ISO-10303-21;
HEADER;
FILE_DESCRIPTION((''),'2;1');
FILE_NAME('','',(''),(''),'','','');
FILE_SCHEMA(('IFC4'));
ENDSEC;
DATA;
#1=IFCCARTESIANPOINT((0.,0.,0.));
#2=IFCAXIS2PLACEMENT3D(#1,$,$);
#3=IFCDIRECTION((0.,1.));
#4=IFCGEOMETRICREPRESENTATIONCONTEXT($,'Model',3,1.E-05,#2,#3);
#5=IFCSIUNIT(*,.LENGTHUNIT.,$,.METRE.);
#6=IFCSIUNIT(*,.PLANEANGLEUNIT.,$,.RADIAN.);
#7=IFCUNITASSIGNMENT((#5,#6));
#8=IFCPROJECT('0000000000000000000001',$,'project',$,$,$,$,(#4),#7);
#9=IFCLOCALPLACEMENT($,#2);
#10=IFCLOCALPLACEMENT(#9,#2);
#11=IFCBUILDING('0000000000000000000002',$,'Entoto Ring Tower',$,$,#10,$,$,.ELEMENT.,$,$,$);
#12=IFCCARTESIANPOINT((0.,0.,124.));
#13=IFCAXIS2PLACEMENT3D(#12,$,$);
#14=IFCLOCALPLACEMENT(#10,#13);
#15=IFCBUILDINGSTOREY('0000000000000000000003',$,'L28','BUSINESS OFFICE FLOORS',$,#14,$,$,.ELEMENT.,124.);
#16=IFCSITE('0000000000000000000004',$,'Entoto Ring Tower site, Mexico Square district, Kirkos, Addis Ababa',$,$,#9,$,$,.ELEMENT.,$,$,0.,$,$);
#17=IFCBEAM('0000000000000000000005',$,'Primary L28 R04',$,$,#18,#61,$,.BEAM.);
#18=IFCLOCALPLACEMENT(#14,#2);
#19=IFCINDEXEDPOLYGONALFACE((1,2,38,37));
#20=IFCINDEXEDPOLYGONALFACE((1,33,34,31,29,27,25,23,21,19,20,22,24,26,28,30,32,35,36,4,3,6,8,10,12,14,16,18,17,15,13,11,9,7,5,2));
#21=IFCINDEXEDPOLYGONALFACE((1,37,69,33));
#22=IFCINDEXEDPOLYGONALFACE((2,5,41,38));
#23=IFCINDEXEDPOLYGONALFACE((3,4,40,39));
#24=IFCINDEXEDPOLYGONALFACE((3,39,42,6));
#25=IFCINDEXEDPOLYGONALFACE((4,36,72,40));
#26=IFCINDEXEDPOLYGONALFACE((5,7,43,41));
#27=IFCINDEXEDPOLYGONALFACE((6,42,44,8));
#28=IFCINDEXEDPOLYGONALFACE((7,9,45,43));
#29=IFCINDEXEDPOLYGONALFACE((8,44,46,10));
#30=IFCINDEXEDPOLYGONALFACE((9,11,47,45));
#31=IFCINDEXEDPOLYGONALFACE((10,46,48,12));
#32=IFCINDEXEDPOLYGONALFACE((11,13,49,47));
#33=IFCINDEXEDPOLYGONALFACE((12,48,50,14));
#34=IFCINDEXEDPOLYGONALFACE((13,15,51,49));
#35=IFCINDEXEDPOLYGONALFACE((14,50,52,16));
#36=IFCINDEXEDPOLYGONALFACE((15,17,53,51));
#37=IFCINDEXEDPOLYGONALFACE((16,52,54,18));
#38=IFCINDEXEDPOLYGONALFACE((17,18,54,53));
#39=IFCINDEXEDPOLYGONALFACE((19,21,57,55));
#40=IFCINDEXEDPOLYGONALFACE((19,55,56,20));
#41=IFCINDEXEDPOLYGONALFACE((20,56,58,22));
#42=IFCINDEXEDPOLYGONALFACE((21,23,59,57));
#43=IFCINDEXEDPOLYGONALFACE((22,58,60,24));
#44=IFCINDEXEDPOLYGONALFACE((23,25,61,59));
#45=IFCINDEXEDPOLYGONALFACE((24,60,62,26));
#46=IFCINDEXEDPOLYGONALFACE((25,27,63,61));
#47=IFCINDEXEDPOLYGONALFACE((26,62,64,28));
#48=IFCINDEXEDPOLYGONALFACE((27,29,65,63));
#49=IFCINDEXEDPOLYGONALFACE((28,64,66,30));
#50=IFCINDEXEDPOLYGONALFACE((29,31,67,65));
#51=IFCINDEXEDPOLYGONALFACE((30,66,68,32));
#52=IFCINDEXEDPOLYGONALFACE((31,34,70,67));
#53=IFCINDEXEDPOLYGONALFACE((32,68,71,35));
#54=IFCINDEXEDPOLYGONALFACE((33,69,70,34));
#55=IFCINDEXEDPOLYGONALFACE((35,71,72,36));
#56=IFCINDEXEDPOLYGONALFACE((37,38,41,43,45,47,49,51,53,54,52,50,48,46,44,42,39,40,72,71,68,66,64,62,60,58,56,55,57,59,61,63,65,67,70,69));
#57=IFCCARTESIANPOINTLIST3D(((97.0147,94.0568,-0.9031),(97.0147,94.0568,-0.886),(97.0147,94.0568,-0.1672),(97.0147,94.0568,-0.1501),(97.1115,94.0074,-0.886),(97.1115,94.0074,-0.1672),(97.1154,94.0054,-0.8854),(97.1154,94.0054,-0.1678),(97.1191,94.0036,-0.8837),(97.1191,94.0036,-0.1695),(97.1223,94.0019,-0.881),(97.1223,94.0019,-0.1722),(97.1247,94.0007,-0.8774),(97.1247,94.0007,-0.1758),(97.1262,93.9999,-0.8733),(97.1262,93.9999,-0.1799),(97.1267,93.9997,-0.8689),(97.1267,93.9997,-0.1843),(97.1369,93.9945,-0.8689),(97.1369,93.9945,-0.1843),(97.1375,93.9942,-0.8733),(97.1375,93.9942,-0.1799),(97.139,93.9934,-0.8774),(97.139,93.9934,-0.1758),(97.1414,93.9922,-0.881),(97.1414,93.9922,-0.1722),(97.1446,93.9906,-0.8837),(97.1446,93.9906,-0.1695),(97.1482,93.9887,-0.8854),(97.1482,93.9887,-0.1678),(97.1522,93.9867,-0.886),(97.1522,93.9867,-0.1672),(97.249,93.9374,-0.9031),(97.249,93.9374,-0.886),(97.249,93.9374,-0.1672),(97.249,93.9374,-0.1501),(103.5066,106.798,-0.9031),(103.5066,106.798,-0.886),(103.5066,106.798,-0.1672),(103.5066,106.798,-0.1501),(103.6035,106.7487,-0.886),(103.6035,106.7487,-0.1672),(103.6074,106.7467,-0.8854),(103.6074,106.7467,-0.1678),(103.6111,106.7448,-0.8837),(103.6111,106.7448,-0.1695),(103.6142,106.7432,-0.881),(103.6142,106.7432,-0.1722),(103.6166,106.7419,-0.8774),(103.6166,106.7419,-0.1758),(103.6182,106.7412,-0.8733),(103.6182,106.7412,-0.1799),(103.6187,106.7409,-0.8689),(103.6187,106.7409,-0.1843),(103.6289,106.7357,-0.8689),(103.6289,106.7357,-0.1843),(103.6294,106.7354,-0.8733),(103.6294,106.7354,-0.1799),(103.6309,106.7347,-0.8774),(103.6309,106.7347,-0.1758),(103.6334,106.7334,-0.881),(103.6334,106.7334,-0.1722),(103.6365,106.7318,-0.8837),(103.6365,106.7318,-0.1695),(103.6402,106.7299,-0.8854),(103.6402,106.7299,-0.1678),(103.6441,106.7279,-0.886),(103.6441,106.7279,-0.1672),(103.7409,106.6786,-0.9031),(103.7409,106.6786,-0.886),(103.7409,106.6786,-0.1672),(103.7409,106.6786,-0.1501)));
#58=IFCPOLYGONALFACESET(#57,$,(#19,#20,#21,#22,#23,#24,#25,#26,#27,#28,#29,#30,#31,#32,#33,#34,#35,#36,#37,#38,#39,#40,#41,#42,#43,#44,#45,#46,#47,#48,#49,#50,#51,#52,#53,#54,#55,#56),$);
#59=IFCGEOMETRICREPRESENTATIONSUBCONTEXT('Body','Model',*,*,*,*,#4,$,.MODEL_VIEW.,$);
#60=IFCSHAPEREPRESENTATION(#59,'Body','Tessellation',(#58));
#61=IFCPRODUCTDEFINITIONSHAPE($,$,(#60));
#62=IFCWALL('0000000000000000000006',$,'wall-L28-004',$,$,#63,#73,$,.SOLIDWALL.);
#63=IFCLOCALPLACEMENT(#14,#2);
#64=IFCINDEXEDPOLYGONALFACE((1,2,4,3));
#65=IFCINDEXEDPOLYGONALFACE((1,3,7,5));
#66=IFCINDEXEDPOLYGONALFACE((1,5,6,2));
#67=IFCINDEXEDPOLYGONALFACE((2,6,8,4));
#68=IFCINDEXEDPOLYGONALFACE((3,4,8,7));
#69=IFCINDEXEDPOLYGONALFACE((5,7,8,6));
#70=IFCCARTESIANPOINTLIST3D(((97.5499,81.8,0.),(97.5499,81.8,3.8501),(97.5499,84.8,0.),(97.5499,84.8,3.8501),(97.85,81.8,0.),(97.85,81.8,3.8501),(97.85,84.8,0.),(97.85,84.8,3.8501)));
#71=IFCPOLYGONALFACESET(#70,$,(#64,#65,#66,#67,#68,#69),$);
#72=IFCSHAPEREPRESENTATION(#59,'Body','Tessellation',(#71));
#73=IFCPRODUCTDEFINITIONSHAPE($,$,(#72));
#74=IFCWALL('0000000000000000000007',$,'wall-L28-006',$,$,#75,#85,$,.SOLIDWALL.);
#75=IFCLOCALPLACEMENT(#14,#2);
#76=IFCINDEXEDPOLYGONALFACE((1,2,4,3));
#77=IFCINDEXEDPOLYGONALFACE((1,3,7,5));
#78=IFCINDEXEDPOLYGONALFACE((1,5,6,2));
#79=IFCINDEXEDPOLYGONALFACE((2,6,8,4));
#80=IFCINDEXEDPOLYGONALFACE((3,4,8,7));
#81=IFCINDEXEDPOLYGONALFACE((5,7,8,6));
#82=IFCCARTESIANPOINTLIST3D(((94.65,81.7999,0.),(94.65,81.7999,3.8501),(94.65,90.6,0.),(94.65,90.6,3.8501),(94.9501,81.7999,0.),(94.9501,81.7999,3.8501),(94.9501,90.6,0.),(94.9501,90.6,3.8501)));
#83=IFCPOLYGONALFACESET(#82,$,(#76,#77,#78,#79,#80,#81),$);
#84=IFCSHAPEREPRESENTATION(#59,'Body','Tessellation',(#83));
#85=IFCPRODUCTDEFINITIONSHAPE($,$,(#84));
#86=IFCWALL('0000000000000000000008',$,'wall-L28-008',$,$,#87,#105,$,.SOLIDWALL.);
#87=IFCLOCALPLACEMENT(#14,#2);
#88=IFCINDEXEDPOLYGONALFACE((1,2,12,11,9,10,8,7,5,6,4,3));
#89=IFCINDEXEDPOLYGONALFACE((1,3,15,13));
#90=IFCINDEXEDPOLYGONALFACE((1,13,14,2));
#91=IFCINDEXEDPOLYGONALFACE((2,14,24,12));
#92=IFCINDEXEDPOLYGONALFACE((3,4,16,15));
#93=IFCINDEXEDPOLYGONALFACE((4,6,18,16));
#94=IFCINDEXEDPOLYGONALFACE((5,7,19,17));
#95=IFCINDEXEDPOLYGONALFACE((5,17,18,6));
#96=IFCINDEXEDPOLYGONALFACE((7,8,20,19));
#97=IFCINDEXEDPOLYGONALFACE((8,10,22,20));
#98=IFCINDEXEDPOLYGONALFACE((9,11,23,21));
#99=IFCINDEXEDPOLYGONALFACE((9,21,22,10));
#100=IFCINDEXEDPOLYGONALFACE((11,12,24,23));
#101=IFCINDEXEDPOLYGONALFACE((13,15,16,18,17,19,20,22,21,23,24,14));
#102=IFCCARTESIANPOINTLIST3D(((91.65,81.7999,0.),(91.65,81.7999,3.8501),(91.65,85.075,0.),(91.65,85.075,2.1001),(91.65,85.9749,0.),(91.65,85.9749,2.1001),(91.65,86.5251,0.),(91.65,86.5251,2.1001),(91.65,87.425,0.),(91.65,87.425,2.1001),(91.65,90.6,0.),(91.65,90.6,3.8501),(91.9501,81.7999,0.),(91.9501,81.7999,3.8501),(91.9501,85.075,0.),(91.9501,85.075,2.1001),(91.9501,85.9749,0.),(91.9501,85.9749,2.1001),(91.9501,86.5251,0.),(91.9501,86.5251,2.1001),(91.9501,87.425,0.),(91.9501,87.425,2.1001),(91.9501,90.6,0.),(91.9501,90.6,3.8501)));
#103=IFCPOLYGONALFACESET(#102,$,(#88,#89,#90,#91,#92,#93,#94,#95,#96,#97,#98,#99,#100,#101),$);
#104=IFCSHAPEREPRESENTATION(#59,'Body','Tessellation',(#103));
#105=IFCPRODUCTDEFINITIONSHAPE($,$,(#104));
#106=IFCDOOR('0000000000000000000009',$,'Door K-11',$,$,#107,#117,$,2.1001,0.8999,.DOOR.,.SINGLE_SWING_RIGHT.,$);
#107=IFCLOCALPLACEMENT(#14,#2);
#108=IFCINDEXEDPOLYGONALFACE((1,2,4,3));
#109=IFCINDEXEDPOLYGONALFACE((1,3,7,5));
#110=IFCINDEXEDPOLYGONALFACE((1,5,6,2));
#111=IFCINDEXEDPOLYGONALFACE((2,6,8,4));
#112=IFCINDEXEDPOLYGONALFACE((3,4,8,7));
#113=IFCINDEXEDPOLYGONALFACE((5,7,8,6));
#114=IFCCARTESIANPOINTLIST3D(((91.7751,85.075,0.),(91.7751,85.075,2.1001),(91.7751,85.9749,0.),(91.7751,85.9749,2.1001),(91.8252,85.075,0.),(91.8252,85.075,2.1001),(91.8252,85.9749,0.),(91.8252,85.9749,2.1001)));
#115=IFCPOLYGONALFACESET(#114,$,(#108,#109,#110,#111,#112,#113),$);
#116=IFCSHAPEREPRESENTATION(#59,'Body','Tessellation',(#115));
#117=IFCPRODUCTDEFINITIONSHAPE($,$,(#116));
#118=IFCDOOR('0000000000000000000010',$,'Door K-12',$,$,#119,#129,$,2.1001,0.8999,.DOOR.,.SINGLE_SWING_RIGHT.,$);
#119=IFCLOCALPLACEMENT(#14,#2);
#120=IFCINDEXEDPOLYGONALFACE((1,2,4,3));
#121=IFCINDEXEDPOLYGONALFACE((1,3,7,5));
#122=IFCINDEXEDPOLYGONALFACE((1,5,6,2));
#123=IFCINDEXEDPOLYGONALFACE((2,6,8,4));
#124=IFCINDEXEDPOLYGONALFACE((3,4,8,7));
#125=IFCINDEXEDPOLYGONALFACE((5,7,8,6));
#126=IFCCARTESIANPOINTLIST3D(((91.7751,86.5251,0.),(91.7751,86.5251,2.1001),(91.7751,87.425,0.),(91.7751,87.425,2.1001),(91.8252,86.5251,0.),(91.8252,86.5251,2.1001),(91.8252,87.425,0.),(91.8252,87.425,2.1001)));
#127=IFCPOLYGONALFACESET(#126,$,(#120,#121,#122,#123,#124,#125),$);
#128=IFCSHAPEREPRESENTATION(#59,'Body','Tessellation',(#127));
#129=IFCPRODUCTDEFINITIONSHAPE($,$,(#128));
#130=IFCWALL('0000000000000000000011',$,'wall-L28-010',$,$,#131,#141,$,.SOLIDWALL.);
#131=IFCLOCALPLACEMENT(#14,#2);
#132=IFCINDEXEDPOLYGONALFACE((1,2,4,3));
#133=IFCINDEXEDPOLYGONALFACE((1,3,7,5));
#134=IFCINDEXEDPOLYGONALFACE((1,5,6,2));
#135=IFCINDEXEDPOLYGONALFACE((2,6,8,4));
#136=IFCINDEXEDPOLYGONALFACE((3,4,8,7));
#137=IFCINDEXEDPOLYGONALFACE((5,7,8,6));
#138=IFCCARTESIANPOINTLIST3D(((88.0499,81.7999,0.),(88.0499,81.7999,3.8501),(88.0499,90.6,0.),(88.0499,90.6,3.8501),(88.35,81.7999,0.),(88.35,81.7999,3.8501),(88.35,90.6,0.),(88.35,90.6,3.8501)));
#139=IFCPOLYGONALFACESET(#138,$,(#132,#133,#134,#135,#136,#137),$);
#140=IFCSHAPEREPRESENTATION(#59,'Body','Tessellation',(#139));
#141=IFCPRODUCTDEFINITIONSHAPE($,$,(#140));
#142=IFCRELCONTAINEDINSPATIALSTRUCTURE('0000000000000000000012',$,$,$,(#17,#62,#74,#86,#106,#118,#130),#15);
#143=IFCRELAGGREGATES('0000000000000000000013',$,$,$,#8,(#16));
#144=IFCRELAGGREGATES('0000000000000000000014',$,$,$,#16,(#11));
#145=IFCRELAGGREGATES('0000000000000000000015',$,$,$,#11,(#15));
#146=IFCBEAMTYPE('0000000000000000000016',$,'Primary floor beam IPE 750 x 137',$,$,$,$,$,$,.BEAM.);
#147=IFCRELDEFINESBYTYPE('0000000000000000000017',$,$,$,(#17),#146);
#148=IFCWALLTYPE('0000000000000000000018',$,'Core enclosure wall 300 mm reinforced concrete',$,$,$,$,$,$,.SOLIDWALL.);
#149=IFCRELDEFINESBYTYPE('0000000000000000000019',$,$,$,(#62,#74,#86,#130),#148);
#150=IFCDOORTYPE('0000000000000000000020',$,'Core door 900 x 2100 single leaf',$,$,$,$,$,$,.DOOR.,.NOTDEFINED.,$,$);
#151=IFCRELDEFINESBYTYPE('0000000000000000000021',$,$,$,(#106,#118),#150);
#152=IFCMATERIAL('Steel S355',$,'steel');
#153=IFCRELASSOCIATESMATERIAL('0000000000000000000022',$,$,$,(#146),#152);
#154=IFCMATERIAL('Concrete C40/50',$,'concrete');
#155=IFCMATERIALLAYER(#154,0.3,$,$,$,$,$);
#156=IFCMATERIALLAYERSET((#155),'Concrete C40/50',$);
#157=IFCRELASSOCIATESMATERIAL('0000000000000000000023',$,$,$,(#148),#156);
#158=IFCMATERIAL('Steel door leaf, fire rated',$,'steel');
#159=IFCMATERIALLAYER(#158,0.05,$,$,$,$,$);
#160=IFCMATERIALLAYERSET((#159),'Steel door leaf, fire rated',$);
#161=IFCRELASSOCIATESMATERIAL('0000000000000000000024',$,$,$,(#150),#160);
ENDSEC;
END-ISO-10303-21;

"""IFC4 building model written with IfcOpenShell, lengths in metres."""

from ifc_helpers import new_model, si_unit, direction, frame, frame_2d, origin, origin_2d, place, context, subcontext, project, spatial, rectangle, i_section, extrude, material, layer, layer_set, material_profile, profile_set, type_object, element, fill, save


model = new_model("IFC4")

# Units and contexts
model_context = context("Model", 3, precision=1e-05, world=origin(), true_north=direction((0.0, 1.0)))
body_context = subcontext(model_context, "Body", "Model", "MODEL_VIEW")
ifc_project = project(units=[si_unit("LENGTHUNIT", "METRE"), si_unit("PLANEANGLEUNIT", "RADIAN")], contexts=[model_context])

# Site, building, storey
site_placement = place(None, origin())
site = spatial("IfcSite", under=ifc_project, at=site_placement, Name="Entoto Ring Tower site, Mexico Square district, Kirkos, Addis Ababa", CompositionType="ELEMENT", RefElevation=0.0)
building_placement = place(site_placement, origin())
building = spatial("IfcBuilding", under=site, at=building_placement, Name="Entoto Ring Tower", CompositionType="ELEMENT")
storey_placement = place(building_placement, frame((0.0, 0.0, 124.0)))
storey = spatial("IfcBuildingStorey", under=building, at=storey_placement, Name="L28", Description="BUSINESS OFFICE FLOORS", CompositionType="ELEMENT", Elevation=124.0)

# Beam
ifc_material_1 = material(Name="Steel S355", Category="steel")
ifc_material_profile = material_profile(ifc_material_1, i_section(OverallWidth=0.2629, OverallDepth=0.7529, WebThickness=0.0115, FlangeThickness=0.0171, FilletRadius=0.0171, at=origin_2d()), Name="IPE 750 x 137")
ifc_profile_set = profile_set([ifc_material_profile], Name="Steel S355")
beam_type = type_object("IfcBeamType", Name="Primary floor beam IPE 750 x 137", PredefinedType="BEAM", material=ifc_profile_set)
beam_placement = place(storey_placement, frame((97.1318, 93.9971, -0.5266), z_axis=(0.453989, 0.891007, 0.0), x_axis=(-0.891007, 0.453989, 0.0)))
element("IfcBeam", 1, at=beam_placement, inside=storey, type_object=beam_type, Name="Primary L28 R04", PredefinedType="BEAM", context=body_context, shape_type="SweptSolid", body=[
    extrude(i_section(OverallWidth=0.2629, OverallDepth=0.7529, WebThickness=0.0115, FlangeThickness=0.0171, FilletRadius=0.0171, at=origin_2d()), origin(), (0.0, 0.0, 1.0), 14.2998),
])

# Walls
ifc_material_2 = material(Name="Concrete C40/50", Category="concrete")
ifc_layer_1 = layer(ifc_material_2, 0.3)
ifc_layer_set_1 = layer_set([ifc_layer_1], Name="Concrete C40/50")
wall_type_1 = type_object("IfcWallType", Name="Core enclosure wall 300 mm reinforced concrete", PredefinedType="SOLIDWALL", material=ifc_layer_set_1)
wall_1_placement = place(storey_placement, frame((97.7, 81.8, 0.0), z_axis=(0.0, 0.0, 1.0), x_axis=(0.0, 1.0, 0.0)))
element("IfcWall", 2, at=wall_1_placement, inside=storey, type_object=wall_type_1, Name="wall-L28-004", PredefinedType="SOLIDWALL", context=body_context, shape_type="SweptSolid", body=[
    extrude(rectangle(XDim=3.0, YDim=0.3, at=frame_2d((1.5, 0.0))), origin(), (0.0, 0.0, 1.0), 3.8501),
])
wall_2_placement = place(storey_placement, frame((94.8, 81.8, 0.0), z_axis=(0.0, 0.0, 1.0), x_axis=(0.0, 1.0, 0.0)))
element("IfcWall", 3, at=wall_2_placement, inside=storey, type_object=wall_type_1, Name="wall-L28-006", PredefinedType="SOLIDWALL", context=body_context, shape_type="SweptSolid", body=[
    extrude(rectangle(XDim=8.8, YDim=0.3, at=frame_2d((4.3999, 0.0))), origin(), (0.0, 0.0, 1.0), 3.8501),
])

# Wall, openings, doors
wall_3_placement = place(storey_placement, frame((91.8, 81.8, 0.0), z_axis=(0.0, 0.0, 1.0), x_axis=(0.0, 1.0, 0.0)))
wall_3 = element("IfcWall", 4, at=wall_3_placement, inside=storey, type_object=wall_type_1, Name="wall-L28-008", PredefinedType="SOLIDWALL", context=body_context, shape_type="SweptSolid", body=[
    extrude(rectangle(XDim=8.8, YDim=0.3, at=frame_2d((4.3999, 0.0))), origin(), (0.0, 0.0, 1.0), 3.8501),
])
opening_1_placement = place(wall_3_placement, frame((3.2749, 0.0, 0.0)))
opening_1 = element("IfcOpeningElement", 5, at=opening_1_placement, cuts=wall_3, PredefinedType="OPENING", context=body_context, shape_type="SweptSolid", body=[
    extrude(rectangle(XDim=0.8999, YDim=2.1001, at=frame_2d((0.45, 1.05))), frame((0.0, 0.1602, 0.0), z_axis=(0.0, -1.0, 0.0), x_axis=(1.0, 0.0, 0.0)), (0.0, 0.0, 1.0), 0.3201),
])
opening_2_placement = place(wall_3_placement, frame((4.7251, 0.0, 0.0)))
opening_2 = element("IfcOpeningElement", 6, at=opening_2_placement, cuts=wall_3, PredefinedType="OPENING", context=body_context, shape_type="SweptSolid", body=[
    extrude(rectangle(XDim=0.8999, YDim=2.1001, at=frame_2d((0.45, 1.05))), frame((0.0, 0.1602, 0.0), z_axis=(0.0, -1.0, 0.0), x_axis=(1.0, 0.0, 0.0)), (0.0, 0.0, 1.0), 0.3201),
])
ifc_material_3 = material(Name="Steel door leaf, fire rated", Category="steel")
ifc_layer_2 = layer(ifc_material_3, 0.05)
ifc_layer_set_2 = layer_set([ifc_layer_2], Name="Steel door leaf, fire rated")
door_type_1 = type_object("IfcDoorType", Name="Core door 900 x 2100 single leaf", OperationType="NOTDEFINED", PredefinedType="DOOR", material=ifc_layer_set_2)
door_1_placement = place(opening_1_placement, origin())
door_1 = element("IfcDoor", 7, at=door_1_placement, inside=storey, type_object=door_type_1, Name="Door K-11", OperationType="SINGLE_SWING_RIGHT", OverallHeight=2.1001, OverallWidth=0.8999, PredefinedType="DOOR", context=body_context, shape_type="SweptSolid", body=[
    extrude(rectangle(XDim=0.8999, YDim=2.1001, at=frame_2d((0.45, 1.05))), frame((0.0, 0.0249, 0.0), z_axis=(0.0, -1.0, 0.0), x_axis=(1.0, 0.0, 0.0)), (0.0, 0.0, 1.0), 0.05),
])
fill(opening_1, door_1)
door_2_placement = place(opening_2_placement, origin())
door_2 = element("IfcDoor", 8, at=door_2_placement, inside=storey, type_object=door_type_1, Name="Door K-12", OperationType="SINGLE_SWING_RIGHT", OverallHeight=2.1001, OverallWidth=0.8999, PredefinedType="DOOR", context=body_context, shape_type="SweptSolid", body=[
    extrude(rectangle(XDim=0.8999, YDim=2.1001, at=frame_2d((0.45, 1.05))), frame((0.0, 0.0249, 0.0), z_axis=(0.0, -1.0, 0.0), x_axis=(1.0, 0.0, 0.0)), (0.0, 0.0, 1.0), 0.05),
])
fill(opening_2, door_2)

# Wall
wall_4_placement = place(storey_placement, frame((88.2, 81.8, 0.0), z_axis=(0.0, 0.0, 1.0), x_axis=(0.0, 1.0, 0.0)))
element("IfcWall", 9, at=wall_4_placement, inside=storey, type_object=wall_type_1, Name="wall-L28-010", PredefinedType="SOLIDWALL", context=body_context, shape_type="SweptSolid", body=[
    extrude(rectangle(XDim=8.8, YDim=0.3, at=frame_2d((4.3999, 0.0))), origin(), (0.0, 0.0, 1.0), 3.8501),
])

save(model, "model.ifc")
